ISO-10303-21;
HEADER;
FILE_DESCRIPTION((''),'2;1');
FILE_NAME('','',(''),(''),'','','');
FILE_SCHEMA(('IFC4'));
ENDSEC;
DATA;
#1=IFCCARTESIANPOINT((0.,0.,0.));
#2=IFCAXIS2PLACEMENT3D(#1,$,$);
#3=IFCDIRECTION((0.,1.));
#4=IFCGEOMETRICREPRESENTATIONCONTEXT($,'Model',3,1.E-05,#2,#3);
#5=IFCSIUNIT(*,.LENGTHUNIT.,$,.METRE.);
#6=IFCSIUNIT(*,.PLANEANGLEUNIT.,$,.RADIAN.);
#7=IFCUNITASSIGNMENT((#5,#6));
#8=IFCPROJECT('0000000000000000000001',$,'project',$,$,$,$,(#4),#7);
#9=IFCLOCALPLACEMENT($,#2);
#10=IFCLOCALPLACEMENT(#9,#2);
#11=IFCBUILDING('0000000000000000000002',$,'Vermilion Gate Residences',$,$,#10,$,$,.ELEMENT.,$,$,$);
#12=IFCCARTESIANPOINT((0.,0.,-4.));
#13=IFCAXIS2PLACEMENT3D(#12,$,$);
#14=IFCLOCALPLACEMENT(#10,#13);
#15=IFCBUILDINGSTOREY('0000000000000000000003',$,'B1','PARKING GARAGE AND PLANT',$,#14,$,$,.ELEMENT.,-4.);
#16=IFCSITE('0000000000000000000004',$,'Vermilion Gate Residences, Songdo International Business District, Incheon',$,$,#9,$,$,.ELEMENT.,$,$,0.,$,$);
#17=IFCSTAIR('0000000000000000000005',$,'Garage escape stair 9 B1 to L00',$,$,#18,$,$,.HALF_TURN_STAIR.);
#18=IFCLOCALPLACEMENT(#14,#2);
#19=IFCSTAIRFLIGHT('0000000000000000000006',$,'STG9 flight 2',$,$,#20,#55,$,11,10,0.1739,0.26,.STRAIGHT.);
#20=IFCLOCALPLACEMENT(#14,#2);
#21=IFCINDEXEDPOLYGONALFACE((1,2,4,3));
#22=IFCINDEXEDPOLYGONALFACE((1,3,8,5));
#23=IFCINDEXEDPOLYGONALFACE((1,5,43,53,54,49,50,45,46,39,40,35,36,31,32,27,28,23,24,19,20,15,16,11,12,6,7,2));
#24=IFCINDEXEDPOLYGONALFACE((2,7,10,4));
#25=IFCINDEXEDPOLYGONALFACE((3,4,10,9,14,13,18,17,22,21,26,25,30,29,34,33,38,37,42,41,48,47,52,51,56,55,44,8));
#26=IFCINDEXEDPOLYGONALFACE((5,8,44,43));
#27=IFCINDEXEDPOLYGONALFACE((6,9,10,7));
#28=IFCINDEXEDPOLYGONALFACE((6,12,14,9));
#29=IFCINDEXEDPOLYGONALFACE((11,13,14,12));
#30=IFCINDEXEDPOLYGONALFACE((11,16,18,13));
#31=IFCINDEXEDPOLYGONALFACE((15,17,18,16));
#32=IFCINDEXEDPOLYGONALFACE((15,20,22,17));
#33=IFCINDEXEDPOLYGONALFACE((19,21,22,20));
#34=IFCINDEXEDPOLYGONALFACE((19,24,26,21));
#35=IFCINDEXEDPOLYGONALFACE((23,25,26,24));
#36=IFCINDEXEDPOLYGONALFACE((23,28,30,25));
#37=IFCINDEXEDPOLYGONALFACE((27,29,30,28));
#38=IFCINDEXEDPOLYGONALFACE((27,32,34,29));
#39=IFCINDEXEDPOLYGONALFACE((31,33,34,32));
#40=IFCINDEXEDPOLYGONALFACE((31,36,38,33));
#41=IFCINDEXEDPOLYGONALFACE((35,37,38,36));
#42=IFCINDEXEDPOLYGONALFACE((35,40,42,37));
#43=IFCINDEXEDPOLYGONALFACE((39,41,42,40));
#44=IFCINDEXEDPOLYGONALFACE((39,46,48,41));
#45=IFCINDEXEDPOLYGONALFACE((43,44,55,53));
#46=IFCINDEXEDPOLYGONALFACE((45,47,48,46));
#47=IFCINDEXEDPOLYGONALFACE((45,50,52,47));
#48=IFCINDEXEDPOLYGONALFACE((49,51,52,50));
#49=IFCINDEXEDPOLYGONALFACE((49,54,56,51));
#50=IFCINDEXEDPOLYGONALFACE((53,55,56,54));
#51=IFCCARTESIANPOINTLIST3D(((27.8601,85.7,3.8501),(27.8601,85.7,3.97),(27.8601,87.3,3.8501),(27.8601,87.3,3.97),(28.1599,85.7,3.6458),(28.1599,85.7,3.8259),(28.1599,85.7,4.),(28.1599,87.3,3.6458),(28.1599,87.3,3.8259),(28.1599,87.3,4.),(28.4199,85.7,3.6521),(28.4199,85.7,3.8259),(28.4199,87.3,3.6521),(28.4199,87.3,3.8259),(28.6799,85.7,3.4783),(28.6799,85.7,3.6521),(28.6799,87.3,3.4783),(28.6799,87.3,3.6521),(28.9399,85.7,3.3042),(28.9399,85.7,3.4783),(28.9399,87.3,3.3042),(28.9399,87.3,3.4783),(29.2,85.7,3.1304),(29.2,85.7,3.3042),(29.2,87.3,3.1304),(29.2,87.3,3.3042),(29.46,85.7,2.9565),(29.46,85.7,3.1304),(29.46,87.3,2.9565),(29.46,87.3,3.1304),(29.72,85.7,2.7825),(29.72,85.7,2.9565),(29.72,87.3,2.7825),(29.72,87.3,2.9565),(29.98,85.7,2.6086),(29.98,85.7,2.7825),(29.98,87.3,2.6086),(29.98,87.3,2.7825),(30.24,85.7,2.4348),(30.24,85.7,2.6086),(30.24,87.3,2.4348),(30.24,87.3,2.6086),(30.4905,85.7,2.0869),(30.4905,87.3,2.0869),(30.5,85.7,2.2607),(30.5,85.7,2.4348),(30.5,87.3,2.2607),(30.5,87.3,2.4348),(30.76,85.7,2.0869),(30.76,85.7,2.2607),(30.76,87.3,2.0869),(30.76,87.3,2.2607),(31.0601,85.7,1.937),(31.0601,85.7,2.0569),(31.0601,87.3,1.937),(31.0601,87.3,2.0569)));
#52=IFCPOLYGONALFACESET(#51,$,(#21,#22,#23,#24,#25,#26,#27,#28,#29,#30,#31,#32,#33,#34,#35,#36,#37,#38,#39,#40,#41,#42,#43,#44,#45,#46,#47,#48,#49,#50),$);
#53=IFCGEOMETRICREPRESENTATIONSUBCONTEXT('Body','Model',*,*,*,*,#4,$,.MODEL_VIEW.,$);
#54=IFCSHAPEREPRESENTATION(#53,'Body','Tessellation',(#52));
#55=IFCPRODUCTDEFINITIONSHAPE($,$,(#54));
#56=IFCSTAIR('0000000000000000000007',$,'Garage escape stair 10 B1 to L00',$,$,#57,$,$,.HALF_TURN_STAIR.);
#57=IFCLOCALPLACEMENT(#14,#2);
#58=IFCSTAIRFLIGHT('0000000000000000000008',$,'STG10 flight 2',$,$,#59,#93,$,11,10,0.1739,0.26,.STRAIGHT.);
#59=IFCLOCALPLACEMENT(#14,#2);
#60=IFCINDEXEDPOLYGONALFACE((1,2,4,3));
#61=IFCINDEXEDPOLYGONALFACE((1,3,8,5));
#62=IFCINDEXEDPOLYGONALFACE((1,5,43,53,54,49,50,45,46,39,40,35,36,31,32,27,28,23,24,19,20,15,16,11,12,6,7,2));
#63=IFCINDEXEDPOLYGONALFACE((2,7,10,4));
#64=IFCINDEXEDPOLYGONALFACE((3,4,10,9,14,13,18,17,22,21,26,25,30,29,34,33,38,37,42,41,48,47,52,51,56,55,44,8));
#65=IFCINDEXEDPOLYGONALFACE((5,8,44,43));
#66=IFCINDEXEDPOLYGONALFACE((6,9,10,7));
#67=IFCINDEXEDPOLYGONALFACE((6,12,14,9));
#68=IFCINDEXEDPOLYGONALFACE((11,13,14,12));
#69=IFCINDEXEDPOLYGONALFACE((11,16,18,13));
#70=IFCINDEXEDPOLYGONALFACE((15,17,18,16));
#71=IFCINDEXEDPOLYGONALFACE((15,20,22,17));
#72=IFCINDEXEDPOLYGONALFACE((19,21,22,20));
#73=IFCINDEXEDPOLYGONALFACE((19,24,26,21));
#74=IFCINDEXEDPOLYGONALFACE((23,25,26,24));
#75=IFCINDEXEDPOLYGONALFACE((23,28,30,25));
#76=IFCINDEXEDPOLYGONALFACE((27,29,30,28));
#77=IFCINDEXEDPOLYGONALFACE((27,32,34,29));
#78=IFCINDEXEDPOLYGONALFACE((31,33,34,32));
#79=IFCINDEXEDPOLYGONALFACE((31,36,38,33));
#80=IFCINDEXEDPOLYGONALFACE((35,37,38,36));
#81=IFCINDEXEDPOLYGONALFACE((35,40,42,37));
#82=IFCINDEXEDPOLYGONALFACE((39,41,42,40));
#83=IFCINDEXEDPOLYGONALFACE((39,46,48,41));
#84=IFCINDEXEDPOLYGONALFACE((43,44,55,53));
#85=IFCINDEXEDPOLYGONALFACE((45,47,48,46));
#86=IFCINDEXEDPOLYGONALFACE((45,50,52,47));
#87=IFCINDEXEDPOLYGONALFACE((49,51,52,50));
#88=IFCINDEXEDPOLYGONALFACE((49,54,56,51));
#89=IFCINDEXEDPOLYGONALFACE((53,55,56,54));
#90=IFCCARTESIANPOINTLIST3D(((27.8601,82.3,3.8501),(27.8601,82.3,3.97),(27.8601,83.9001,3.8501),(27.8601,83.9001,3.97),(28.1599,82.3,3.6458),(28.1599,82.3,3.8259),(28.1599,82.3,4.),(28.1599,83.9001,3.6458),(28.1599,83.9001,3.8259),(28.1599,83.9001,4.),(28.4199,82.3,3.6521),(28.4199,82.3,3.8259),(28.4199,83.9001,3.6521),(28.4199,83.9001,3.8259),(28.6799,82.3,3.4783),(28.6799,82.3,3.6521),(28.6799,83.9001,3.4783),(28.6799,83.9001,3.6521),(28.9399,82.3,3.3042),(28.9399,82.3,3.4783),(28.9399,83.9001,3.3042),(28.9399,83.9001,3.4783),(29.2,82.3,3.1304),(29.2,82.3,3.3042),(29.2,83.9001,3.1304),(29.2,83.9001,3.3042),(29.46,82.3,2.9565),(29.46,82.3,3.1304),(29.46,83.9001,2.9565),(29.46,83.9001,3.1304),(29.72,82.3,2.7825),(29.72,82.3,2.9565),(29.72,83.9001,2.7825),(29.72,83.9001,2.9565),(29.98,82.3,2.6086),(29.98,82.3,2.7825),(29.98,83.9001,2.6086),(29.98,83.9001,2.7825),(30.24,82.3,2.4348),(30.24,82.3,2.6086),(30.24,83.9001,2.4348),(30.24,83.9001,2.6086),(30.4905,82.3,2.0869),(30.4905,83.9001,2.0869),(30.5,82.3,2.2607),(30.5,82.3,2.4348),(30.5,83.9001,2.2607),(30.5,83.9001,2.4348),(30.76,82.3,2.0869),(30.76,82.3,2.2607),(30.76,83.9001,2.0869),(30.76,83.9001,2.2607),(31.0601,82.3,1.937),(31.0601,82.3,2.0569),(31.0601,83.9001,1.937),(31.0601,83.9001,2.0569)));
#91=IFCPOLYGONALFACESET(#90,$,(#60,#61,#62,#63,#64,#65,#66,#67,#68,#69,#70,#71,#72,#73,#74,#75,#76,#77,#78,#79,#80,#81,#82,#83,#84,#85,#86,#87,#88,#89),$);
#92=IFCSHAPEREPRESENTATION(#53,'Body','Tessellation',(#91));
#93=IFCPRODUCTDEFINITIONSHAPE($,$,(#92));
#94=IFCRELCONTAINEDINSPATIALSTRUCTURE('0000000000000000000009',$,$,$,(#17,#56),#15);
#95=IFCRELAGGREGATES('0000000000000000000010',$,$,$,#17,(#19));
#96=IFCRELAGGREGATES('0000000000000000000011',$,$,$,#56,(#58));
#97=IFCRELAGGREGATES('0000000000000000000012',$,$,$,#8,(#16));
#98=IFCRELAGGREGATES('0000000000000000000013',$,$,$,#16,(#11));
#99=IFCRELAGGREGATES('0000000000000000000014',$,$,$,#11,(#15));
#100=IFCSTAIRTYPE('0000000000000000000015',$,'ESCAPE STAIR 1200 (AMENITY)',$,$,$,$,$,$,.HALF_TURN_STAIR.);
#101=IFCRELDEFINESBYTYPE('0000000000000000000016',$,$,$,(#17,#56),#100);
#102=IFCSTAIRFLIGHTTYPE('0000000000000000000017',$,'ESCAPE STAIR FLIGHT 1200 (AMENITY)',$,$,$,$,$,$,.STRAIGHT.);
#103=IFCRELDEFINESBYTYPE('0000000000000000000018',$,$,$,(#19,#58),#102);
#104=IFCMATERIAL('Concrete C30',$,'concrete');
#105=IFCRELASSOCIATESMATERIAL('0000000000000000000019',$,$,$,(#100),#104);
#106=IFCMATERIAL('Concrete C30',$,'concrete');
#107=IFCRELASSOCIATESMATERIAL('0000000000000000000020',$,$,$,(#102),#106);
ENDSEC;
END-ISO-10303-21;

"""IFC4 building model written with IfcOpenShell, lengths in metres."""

from ifc_helpers import new_model, si_unit, direction, frame, origin, place, context, subcontext, project, spatial, polyline, outline, extrude, material, type_object, element, aggregate, save


model = new_model("IFC4")

# Units and contexts
model_context = context("Model", 3, precision=1e-05, world=origin(), true_north=direction((0.0, 1.0)))
body_context = subcontext(model_context, "Body", "Model", "MODEL_VIEW")
ifc_project = project(units=[si_unit("LENGTHUNIT", "METRE"), si_unit("PLANEANGLEUNIT", "RADIAN")], contexts=[model_context])

# Site, building, storey
site_placement = place(None, origin())
site = spatial("IfcSite", under=ifc_project, at=site_placement, Name="Vermilion Gate Residences, Songdo International Business District, Incheon", CompositionType="ELEMENT", RefElevation=0.0)
building_placement = place(site_placement, origin())
building = spatial("IfcBuilding", under=site, at=building_placement, Name="Vermilion Gate Residences", CompositionType="ELEMENT")
storey_placement = place(building_placement, frame((0.0, 0.0, -4.0)))
storey = spatial("IfcBuildingStorey", under=building, at=storey_placement, Name="B1", Description="PARKING GARAGE AND PLANT", CompositionType="ELEMENT", Elevation=-4.0)

# Stair, stair flight
ifc_material_1 = material(Name="Concrete C30", Category="concrete")
stair_type = type_object("IfcStairType", Name="ESCAPE STAIR 1200 (AMENITY)", PredefinedType="HALF_TURN_STAIR", material=ifc_material_1)
stair_1_placement = place(storey_placement, origin())
stair_1 = element("IfcStair", 1, at=stair_1_placement, inside=storey, type_object=stair_type, Name="Garage escape stair 9 B1 to L00", PredefinedType="HALF_TURN_STAIR")
ifc_material_2 = material(Name="Concrete C30", Category="concrete")
stair_flight_type = type_object("IfcStairFlightType", Name="ESCAPE STAIR FLIGHT 1200 (AMENITY)", PredefinedType="STRAIGHT", material=ifc_material_2)
stair_flight_1_placement = place(storey_placement, frame((30.76, 86.5, 2.0869), z_axis=(0.0, 0.0, 1.0), x_axis=(-1.0, 0.0, 0.0)))
stair_flight_1 = element("IfcStairFlight", 2, at=stair_flight_1_placement, type_object=stair_flight_type, Name="STG9 flight 2", NumberOfRisers=11, NumberOfTreads=10, PredefinedType="STRAIGHT", RiserHeight=0.1739, TreadLength=0.26, context=body_context, shape_type="SweptSolid", body=[
    extrude(outline(polyline([(-0.3, -0.1499), (-0.3, -0.03), (0.0, 0.0), (0.0, 0.1738), (0.26, 0.1738), (0.26, 0.3479), (0.52, 0.3479), (0.52, 0.5217), (0.78, 0.5217), (0.78, 0.6956), (1.04, 0.6956), (1.04, 0.8696), (1.3, 0.8696), (1.3, 1.0435), (1.5601, 1.0435), (1.5601, 1.2173), (1.8201, 1.2173), (1.8201, 1.3914), (2.0801, 1.3914), (2.0801, 1.5652), (2.3401, 1.5652), (2.3401, 1.739), (2.6001, 1.739), (2.6001, 1.9131), (2.8999, 1.8831), (2.8999, 1.7632), (2.6001, 1.5588), (0.2695, 0.0), (-0.3, -0.1499)])), frame((0.0, 0.8, 0.0), z_axis=(0.0, -1.0, 0.0), x_axis=(1.0, 0.0, 0.0)), (0.0, 0.0, 1.0), 1.6001),
])
aggregate(stair_1, [stair_flight_1])

# Stair, stair flight
stair_2_placement = place(storey_placement, origin())
stair_2 = element("IfcStair", 3, at=stair_2_placement, inside=storey, type_object=stair_type, Name="Garage escape stair 10 B1 to L00", PredefinedType="HALF_TURN_STAIR")
stair_flight_2_placement = place(storey_placement, frame((30.76, 83.1001, 2.0869), z_axis=(0.0, 0.0, 1.0), x_axis=(-1.0, 0.0, 0.0)))
stair_flight_2 = element("IfcStairFlight", 4, at=stair_flight_2_placement, type_object=stair_flight_type, Name="STG10 flight 2", NumberOfRisers=11, NumberOfTreads=10, PredefinedType="STRAIGHT", RiserHeight=0.1739, TreadLength=0.26, context=body_context, shape_type="SweptSolid", body=[
    extrude(outline(polyline([(-0.3, -0.1499), (-0.3, -0.03), (0.0, 0.0), (0.0, 0.1738), (0.26, 0.1738), (0.26, 0.3479), (0.52, 0.3479), (0.52, 0.5217), (0.78, 0.5217), (0.78, 0.6956), (1.04, 0.6956), (1.04, 0.8696), (1.3, 0.8696), (1.3, 1.0435), (1.5601, 1.0435), (1.5601, 1.2173), (1.8201, 1.2173), (1.8201, 1.3914), (2.0801, 1.3914), (2.0801, 1.5652), (2.3401, 1.5652), (2.3401, 1.739), (2.6001, 1.739), (2.6001, 1.9131), (2.8999, 1.8831), (2.8999, 1.7632), (2.6001, 1.5588), (0.2695, 0.0), (-0.3, -0.1499)])), frame((0.0, 0.8, 0.0), z_axis=(0.0, -1.0, 0.0), x_axis=(1.0, 0.0, 0.0)), (0.0, 0.0, 1.0), 1.6001),
])
aggregate(stair_2, [stair_flight_2])

save(model, "model.ifc")
